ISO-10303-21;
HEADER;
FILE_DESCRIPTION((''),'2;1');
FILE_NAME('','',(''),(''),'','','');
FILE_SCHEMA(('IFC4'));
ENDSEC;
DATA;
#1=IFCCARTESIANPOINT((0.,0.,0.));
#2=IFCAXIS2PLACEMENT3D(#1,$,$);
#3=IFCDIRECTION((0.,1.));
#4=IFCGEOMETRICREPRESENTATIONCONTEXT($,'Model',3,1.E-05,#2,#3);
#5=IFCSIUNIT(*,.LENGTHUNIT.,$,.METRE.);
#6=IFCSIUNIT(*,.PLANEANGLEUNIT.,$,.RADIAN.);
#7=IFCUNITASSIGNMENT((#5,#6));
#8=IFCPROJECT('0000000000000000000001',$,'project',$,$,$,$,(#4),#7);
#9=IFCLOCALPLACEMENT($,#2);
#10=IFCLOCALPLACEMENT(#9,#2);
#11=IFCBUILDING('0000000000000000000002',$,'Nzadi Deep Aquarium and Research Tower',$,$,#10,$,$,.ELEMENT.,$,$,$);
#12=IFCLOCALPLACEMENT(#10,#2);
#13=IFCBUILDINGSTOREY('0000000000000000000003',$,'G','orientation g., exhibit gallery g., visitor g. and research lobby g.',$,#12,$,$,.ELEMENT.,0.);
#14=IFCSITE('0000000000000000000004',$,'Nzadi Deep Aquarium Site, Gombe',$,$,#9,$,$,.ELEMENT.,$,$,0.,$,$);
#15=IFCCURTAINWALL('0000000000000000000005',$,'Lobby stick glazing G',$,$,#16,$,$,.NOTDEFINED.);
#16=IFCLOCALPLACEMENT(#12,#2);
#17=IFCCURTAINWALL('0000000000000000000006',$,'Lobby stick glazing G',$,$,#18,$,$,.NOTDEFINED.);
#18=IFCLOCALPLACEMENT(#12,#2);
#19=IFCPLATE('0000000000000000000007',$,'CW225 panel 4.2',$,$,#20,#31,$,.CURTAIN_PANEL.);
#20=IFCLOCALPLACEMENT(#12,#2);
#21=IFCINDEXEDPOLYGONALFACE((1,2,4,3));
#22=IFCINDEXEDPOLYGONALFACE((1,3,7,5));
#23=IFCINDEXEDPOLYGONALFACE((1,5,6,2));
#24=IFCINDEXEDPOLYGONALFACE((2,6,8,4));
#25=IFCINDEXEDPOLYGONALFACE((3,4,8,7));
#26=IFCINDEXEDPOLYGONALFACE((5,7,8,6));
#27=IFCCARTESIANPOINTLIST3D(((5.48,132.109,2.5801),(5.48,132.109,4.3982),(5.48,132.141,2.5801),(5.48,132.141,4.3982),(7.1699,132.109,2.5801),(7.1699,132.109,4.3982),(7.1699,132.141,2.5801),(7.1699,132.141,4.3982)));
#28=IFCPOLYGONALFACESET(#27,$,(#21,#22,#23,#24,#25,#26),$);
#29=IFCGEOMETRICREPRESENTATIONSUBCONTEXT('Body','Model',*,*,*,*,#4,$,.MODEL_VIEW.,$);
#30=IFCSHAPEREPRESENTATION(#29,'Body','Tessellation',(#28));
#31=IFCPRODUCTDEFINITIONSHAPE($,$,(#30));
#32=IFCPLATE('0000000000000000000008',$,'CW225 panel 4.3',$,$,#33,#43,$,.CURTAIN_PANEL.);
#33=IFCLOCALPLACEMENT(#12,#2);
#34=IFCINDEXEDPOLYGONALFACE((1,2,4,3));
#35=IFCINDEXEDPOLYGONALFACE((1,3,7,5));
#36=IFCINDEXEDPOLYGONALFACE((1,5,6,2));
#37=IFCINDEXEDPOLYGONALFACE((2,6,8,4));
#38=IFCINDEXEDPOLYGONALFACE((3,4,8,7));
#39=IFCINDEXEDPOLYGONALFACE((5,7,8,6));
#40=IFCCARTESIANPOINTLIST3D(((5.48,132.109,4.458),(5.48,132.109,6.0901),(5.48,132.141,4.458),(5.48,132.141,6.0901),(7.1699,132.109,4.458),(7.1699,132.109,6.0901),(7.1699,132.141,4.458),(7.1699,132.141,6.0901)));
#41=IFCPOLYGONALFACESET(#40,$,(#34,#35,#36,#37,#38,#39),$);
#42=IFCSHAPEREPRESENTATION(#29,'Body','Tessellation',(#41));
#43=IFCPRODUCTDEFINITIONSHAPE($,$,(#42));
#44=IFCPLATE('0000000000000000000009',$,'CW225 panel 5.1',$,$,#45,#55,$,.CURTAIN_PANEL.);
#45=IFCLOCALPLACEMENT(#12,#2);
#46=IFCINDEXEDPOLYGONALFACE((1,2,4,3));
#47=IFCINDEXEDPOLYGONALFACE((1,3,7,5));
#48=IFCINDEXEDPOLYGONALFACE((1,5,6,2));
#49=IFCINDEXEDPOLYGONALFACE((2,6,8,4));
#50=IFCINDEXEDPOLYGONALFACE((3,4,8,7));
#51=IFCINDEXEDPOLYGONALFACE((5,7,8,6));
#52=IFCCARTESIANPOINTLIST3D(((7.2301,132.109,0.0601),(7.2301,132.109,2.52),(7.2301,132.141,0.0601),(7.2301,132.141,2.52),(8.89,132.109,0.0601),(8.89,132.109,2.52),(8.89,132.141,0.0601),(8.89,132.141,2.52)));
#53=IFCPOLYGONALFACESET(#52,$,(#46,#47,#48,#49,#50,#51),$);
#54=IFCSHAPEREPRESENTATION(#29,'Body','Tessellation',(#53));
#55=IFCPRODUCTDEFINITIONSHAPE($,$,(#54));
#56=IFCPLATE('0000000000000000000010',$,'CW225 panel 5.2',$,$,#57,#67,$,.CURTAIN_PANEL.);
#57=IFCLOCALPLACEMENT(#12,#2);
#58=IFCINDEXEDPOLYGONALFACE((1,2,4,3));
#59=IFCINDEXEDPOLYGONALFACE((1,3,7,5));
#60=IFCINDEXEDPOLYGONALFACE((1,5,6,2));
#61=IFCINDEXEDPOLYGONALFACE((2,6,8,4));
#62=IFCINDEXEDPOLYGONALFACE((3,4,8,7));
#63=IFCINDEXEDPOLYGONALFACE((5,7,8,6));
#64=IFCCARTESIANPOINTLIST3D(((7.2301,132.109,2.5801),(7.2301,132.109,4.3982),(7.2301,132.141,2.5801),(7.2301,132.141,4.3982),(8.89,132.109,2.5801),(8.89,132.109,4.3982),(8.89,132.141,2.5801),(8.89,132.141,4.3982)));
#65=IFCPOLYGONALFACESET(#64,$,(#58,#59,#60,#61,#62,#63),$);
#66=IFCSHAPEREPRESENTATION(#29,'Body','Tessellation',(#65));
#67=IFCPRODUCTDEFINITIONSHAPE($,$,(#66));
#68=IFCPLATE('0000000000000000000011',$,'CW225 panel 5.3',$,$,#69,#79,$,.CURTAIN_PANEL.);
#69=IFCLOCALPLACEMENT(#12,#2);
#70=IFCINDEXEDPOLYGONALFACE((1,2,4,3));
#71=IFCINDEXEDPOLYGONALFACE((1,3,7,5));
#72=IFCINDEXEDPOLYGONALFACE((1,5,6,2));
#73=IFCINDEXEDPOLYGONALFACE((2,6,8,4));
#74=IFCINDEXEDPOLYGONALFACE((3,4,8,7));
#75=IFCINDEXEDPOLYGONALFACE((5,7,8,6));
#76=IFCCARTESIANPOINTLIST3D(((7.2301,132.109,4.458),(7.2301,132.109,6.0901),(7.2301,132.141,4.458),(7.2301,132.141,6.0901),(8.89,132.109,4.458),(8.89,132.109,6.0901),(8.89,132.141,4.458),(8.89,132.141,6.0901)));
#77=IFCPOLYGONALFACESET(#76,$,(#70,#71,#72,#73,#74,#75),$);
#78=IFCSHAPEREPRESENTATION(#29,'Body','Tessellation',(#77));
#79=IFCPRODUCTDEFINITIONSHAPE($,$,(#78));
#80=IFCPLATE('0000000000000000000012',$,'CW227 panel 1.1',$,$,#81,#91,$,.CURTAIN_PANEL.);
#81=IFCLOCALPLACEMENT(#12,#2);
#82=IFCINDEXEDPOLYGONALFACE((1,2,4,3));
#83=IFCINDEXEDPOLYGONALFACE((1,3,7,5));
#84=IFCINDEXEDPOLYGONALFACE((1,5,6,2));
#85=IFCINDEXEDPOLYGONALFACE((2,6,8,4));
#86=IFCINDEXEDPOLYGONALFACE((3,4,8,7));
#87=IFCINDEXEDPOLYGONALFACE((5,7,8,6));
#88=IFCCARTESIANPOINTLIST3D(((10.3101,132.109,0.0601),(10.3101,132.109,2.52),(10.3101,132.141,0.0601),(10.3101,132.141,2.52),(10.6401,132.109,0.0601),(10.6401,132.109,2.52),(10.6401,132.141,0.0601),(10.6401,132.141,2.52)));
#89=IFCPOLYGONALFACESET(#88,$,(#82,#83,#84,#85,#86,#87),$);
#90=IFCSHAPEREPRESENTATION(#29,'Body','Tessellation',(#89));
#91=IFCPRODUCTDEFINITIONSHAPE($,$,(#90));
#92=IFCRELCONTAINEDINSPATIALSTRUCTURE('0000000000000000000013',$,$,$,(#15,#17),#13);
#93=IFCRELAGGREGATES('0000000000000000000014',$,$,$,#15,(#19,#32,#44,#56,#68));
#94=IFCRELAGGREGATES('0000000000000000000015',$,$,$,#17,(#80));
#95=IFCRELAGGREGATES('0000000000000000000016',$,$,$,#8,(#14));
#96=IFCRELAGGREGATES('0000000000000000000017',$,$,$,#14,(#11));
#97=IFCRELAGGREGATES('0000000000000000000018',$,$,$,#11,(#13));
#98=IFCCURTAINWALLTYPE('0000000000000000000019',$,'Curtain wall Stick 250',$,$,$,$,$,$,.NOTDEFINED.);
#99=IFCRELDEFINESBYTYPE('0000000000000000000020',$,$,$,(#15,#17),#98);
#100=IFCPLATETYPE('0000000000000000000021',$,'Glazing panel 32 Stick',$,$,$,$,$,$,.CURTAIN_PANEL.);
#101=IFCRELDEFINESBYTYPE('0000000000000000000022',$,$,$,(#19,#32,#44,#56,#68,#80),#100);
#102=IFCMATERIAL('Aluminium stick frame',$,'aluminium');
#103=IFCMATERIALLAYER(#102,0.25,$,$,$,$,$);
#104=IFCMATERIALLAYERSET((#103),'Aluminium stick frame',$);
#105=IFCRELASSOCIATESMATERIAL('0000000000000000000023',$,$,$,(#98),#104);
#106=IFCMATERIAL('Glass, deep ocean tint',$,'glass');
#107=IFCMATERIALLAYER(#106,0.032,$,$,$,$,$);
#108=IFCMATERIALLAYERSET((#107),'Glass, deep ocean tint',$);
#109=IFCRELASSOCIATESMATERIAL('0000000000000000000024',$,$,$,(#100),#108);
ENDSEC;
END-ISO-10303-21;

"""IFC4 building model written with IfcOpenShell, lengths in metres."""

from ifc_helpers import new_model, si_unit, direction, frame, origin, origin_2d, place, context, subcontext, project, spatial, rectangle, extrude, material, layer, layer_set, type_object, element, aggregate, save


model = new_model("IFC4")

# Units and contexts
model_context = context("Model", 3, precision=1e-05, world=origin(), true_north=direction((0.0, 1.0)))
body_context = subcontext(model_context, "Body", "Model", "MODEL_VIEW")
ifc_project = project(units=[si_unit("LENGTHUNIT", "METRE"), si_unit("PLANEANGLEUNIT", "RADIAN")], contexts=[model_context])

# Site, building, storey
site_placement = place(None, origin())
site = spatial("IfcSite", under=ifc_project, at=site_placement, Name="Nzadi Deep Aquarium Site, Gombe", CompositionType="ELEMENT", RefElevation=0.0)
building_placement = place(site_placement, origin())
building = spatial("IfcBuilding", under=site, at=building_placement, Name="Nzadi Deep Aquarium and Research Tower", CompositionType="ELEMENT")
storey_placement = place(building_placement, origin())
storey = spatial("IfcBuildingStorey", under=building, at=storey_placement, Name="G", Description="orientation g., exhibit gallery g., visitor g. and research lobby g.", CompositionType="ELEMENT", Elevation=0.0)

# Curtain wall
ifc_material_1 = material(Name="Aluminium stick frame", Category="aluminium")
ifc_layer_1 = layer(ifc_material_1, 0.25)
ifc_layer_set_1 = layer_set([ifc_layer_1], Name="Aluminium stick frame")
curtain_wall_type = type_object("IfcCurtainWallType", Name="Curtain wall Stick 250", PredefinedType="NOTDEFINED", material=ifc_layer_set_1)
curtain_wall_1_placement = place(storey_placement, origin())
curtain_wall_1 = element("IfcCurtainWall", 1, at=curtain_wall_1_placement, inside=storey, type_object=curtain_wall_type, Name="Lobby stick glazing G", PredefinedType="NOTDEFINED")

# Curtain wall
curtain_wall_2_placement = place(storey_placement, origin())
curtain_wall_2 = element("IfcCurtainWall", 2, at=curtain_wall_2_placement, inside=storey, type_object=curtain_wall_type, Name="Lobby stick glazing G", PredefinedType="NOTDEFINED")

# Plates
ifc_material_2 = material(Name="Glass, deep ocean tint", Category="glass")
ifc_layer_2 = layer(ifc_material_2, 0.032)
ifc_layer_set_2 = layer_set([ifc_layer_2], Name="Glass, deep ocean tint")
plate_type = type_object("IfcPlateType", Name="Glazing panel 32 Stick", PredefinedType="CURTAIN_PANEL", material=ifc_layer_set_2)
plate_1_placement = place(storey_placement, frame((6.325, 132.125, 2.5801), z_axis=(0.0, 0.0, 1.0), x_axis=(1.0, 0.0, 0.0)))
plate_1 = element("IfcPlate", 3, at=plate_1_placement, type_object=plate_type, Name="CW225 panel 4.2", PredefinedType="CURTAIN_PANEL", context=body_context, shape_type="SweptSolid", body=[
    extrude(rectangle(XDim=1.6899, YDim=0.032, at=origin_2d()), origin(), (0.0, 0.0, 1.0), 1.8181),
])
plate_2_placement = place(storey_placement, frame((6.325, 132.125, 4.458), z_axis=(0.0, 0.0, 1.0), x_axis=(1.0, 0.0, 0.0)))
plate_2 = element("IfcPlate", 4, at=plate_2_placement, type_object=plate_type, Name="CW225 panel 4.3", PredefinedType="CURTAIN_PANEL", context=body_context, shape_type="SweptSolid", body=[
    extrude(rectangle(XDim=1.6899, YDim=0.032, at=origin_2d()), origin(), (0.0, 0.0, 1.0), 1.6321),
])
plate_3_placement = place(storey_placement, frame((8.0601, 132.125, 0.0601), z_axis=(0.0, 0.0, 1.0), x_axis=(1.0, 0.0, 0.0)))
plate_3 = element("IfcPlate", 5, at=plate_3_placement, type_object=plate_type, Name="CW225 panel 5.1", PredefinedType="CURTAIN_PANEL", context=body_context, shape_type="SweptSolid", body=[
    extrude(rectangle(XDim=1.6599, YDim=0.032, at=origin_2d()), origin(), (0.0, 0.0, 1.0), 2.46),
])
plate_4_placement = place(storey_placement, frame((8.0601, 132.125, 2.5801), z_axis=(0.0, 0.0, 1.0), x_axis=(1.0, 0.0, 0.0)))
plate_4 = element("IfcPlate", 6, at=plate_4_placement, type_object=plate_type, Name="CW225 panel 5.2", PredefinedType="CURTAIN_PANEL", context=body_context, shape_type="SweptSolid", body=[
    extrude(rectangle(XDim=1.6599, YDim=0.032, at=origin_2d()), origin(), (0.0, 0.0, 1.0), 1.8181),
])
plate_5_placement = place(storey_placement, frame((8.0601, 132.125, 4.458), z_axis=(0.0, 0.0, 1.0), x_axis=(1.0, 0.0, 0.0)))
plate_5 = element("IfcPlate", 7, at=plate_5_placement, type_object=plate_type, Name="CW225 panel 5.3", PredefinedType="CURTAIN_PANEL", context=body_context, shape_type="SweptSolid", body=[
    extrude(rectangle(XDim=1.6599, YDim=0.032, at=origin_2d()), origin(), (0.0, 0.0, 1.0), 1.6321),
])
aggregate(curtain_wall_1, [plate_1, plate_2, plate_3, plate_4, plate_5])
plate_6_placement = place(storey_placement, frame((10.4751, 132.125, 0.0601), z_axis=(0.0, 0.0, 1.0), x_axis=(1.0, 0.0, 0.0)))
plate_6 = element("IfcPlate", 8, at=plate_6_placement, type_object=plate_type, Name="CW227 panel 1.1", PredefinedType="CURTAIN_PANEL", context=body_context, shape_type="SweptSolid", body=[
    extrude(rectangle(XDim=0.3301, YDim=0.032, at=origin_2d()), origin(), (0.0, 0.0, 1.0), 2.46),
])
aggregate(curtain_wall_2, [plate_6])

save(model, "model.ifc")
